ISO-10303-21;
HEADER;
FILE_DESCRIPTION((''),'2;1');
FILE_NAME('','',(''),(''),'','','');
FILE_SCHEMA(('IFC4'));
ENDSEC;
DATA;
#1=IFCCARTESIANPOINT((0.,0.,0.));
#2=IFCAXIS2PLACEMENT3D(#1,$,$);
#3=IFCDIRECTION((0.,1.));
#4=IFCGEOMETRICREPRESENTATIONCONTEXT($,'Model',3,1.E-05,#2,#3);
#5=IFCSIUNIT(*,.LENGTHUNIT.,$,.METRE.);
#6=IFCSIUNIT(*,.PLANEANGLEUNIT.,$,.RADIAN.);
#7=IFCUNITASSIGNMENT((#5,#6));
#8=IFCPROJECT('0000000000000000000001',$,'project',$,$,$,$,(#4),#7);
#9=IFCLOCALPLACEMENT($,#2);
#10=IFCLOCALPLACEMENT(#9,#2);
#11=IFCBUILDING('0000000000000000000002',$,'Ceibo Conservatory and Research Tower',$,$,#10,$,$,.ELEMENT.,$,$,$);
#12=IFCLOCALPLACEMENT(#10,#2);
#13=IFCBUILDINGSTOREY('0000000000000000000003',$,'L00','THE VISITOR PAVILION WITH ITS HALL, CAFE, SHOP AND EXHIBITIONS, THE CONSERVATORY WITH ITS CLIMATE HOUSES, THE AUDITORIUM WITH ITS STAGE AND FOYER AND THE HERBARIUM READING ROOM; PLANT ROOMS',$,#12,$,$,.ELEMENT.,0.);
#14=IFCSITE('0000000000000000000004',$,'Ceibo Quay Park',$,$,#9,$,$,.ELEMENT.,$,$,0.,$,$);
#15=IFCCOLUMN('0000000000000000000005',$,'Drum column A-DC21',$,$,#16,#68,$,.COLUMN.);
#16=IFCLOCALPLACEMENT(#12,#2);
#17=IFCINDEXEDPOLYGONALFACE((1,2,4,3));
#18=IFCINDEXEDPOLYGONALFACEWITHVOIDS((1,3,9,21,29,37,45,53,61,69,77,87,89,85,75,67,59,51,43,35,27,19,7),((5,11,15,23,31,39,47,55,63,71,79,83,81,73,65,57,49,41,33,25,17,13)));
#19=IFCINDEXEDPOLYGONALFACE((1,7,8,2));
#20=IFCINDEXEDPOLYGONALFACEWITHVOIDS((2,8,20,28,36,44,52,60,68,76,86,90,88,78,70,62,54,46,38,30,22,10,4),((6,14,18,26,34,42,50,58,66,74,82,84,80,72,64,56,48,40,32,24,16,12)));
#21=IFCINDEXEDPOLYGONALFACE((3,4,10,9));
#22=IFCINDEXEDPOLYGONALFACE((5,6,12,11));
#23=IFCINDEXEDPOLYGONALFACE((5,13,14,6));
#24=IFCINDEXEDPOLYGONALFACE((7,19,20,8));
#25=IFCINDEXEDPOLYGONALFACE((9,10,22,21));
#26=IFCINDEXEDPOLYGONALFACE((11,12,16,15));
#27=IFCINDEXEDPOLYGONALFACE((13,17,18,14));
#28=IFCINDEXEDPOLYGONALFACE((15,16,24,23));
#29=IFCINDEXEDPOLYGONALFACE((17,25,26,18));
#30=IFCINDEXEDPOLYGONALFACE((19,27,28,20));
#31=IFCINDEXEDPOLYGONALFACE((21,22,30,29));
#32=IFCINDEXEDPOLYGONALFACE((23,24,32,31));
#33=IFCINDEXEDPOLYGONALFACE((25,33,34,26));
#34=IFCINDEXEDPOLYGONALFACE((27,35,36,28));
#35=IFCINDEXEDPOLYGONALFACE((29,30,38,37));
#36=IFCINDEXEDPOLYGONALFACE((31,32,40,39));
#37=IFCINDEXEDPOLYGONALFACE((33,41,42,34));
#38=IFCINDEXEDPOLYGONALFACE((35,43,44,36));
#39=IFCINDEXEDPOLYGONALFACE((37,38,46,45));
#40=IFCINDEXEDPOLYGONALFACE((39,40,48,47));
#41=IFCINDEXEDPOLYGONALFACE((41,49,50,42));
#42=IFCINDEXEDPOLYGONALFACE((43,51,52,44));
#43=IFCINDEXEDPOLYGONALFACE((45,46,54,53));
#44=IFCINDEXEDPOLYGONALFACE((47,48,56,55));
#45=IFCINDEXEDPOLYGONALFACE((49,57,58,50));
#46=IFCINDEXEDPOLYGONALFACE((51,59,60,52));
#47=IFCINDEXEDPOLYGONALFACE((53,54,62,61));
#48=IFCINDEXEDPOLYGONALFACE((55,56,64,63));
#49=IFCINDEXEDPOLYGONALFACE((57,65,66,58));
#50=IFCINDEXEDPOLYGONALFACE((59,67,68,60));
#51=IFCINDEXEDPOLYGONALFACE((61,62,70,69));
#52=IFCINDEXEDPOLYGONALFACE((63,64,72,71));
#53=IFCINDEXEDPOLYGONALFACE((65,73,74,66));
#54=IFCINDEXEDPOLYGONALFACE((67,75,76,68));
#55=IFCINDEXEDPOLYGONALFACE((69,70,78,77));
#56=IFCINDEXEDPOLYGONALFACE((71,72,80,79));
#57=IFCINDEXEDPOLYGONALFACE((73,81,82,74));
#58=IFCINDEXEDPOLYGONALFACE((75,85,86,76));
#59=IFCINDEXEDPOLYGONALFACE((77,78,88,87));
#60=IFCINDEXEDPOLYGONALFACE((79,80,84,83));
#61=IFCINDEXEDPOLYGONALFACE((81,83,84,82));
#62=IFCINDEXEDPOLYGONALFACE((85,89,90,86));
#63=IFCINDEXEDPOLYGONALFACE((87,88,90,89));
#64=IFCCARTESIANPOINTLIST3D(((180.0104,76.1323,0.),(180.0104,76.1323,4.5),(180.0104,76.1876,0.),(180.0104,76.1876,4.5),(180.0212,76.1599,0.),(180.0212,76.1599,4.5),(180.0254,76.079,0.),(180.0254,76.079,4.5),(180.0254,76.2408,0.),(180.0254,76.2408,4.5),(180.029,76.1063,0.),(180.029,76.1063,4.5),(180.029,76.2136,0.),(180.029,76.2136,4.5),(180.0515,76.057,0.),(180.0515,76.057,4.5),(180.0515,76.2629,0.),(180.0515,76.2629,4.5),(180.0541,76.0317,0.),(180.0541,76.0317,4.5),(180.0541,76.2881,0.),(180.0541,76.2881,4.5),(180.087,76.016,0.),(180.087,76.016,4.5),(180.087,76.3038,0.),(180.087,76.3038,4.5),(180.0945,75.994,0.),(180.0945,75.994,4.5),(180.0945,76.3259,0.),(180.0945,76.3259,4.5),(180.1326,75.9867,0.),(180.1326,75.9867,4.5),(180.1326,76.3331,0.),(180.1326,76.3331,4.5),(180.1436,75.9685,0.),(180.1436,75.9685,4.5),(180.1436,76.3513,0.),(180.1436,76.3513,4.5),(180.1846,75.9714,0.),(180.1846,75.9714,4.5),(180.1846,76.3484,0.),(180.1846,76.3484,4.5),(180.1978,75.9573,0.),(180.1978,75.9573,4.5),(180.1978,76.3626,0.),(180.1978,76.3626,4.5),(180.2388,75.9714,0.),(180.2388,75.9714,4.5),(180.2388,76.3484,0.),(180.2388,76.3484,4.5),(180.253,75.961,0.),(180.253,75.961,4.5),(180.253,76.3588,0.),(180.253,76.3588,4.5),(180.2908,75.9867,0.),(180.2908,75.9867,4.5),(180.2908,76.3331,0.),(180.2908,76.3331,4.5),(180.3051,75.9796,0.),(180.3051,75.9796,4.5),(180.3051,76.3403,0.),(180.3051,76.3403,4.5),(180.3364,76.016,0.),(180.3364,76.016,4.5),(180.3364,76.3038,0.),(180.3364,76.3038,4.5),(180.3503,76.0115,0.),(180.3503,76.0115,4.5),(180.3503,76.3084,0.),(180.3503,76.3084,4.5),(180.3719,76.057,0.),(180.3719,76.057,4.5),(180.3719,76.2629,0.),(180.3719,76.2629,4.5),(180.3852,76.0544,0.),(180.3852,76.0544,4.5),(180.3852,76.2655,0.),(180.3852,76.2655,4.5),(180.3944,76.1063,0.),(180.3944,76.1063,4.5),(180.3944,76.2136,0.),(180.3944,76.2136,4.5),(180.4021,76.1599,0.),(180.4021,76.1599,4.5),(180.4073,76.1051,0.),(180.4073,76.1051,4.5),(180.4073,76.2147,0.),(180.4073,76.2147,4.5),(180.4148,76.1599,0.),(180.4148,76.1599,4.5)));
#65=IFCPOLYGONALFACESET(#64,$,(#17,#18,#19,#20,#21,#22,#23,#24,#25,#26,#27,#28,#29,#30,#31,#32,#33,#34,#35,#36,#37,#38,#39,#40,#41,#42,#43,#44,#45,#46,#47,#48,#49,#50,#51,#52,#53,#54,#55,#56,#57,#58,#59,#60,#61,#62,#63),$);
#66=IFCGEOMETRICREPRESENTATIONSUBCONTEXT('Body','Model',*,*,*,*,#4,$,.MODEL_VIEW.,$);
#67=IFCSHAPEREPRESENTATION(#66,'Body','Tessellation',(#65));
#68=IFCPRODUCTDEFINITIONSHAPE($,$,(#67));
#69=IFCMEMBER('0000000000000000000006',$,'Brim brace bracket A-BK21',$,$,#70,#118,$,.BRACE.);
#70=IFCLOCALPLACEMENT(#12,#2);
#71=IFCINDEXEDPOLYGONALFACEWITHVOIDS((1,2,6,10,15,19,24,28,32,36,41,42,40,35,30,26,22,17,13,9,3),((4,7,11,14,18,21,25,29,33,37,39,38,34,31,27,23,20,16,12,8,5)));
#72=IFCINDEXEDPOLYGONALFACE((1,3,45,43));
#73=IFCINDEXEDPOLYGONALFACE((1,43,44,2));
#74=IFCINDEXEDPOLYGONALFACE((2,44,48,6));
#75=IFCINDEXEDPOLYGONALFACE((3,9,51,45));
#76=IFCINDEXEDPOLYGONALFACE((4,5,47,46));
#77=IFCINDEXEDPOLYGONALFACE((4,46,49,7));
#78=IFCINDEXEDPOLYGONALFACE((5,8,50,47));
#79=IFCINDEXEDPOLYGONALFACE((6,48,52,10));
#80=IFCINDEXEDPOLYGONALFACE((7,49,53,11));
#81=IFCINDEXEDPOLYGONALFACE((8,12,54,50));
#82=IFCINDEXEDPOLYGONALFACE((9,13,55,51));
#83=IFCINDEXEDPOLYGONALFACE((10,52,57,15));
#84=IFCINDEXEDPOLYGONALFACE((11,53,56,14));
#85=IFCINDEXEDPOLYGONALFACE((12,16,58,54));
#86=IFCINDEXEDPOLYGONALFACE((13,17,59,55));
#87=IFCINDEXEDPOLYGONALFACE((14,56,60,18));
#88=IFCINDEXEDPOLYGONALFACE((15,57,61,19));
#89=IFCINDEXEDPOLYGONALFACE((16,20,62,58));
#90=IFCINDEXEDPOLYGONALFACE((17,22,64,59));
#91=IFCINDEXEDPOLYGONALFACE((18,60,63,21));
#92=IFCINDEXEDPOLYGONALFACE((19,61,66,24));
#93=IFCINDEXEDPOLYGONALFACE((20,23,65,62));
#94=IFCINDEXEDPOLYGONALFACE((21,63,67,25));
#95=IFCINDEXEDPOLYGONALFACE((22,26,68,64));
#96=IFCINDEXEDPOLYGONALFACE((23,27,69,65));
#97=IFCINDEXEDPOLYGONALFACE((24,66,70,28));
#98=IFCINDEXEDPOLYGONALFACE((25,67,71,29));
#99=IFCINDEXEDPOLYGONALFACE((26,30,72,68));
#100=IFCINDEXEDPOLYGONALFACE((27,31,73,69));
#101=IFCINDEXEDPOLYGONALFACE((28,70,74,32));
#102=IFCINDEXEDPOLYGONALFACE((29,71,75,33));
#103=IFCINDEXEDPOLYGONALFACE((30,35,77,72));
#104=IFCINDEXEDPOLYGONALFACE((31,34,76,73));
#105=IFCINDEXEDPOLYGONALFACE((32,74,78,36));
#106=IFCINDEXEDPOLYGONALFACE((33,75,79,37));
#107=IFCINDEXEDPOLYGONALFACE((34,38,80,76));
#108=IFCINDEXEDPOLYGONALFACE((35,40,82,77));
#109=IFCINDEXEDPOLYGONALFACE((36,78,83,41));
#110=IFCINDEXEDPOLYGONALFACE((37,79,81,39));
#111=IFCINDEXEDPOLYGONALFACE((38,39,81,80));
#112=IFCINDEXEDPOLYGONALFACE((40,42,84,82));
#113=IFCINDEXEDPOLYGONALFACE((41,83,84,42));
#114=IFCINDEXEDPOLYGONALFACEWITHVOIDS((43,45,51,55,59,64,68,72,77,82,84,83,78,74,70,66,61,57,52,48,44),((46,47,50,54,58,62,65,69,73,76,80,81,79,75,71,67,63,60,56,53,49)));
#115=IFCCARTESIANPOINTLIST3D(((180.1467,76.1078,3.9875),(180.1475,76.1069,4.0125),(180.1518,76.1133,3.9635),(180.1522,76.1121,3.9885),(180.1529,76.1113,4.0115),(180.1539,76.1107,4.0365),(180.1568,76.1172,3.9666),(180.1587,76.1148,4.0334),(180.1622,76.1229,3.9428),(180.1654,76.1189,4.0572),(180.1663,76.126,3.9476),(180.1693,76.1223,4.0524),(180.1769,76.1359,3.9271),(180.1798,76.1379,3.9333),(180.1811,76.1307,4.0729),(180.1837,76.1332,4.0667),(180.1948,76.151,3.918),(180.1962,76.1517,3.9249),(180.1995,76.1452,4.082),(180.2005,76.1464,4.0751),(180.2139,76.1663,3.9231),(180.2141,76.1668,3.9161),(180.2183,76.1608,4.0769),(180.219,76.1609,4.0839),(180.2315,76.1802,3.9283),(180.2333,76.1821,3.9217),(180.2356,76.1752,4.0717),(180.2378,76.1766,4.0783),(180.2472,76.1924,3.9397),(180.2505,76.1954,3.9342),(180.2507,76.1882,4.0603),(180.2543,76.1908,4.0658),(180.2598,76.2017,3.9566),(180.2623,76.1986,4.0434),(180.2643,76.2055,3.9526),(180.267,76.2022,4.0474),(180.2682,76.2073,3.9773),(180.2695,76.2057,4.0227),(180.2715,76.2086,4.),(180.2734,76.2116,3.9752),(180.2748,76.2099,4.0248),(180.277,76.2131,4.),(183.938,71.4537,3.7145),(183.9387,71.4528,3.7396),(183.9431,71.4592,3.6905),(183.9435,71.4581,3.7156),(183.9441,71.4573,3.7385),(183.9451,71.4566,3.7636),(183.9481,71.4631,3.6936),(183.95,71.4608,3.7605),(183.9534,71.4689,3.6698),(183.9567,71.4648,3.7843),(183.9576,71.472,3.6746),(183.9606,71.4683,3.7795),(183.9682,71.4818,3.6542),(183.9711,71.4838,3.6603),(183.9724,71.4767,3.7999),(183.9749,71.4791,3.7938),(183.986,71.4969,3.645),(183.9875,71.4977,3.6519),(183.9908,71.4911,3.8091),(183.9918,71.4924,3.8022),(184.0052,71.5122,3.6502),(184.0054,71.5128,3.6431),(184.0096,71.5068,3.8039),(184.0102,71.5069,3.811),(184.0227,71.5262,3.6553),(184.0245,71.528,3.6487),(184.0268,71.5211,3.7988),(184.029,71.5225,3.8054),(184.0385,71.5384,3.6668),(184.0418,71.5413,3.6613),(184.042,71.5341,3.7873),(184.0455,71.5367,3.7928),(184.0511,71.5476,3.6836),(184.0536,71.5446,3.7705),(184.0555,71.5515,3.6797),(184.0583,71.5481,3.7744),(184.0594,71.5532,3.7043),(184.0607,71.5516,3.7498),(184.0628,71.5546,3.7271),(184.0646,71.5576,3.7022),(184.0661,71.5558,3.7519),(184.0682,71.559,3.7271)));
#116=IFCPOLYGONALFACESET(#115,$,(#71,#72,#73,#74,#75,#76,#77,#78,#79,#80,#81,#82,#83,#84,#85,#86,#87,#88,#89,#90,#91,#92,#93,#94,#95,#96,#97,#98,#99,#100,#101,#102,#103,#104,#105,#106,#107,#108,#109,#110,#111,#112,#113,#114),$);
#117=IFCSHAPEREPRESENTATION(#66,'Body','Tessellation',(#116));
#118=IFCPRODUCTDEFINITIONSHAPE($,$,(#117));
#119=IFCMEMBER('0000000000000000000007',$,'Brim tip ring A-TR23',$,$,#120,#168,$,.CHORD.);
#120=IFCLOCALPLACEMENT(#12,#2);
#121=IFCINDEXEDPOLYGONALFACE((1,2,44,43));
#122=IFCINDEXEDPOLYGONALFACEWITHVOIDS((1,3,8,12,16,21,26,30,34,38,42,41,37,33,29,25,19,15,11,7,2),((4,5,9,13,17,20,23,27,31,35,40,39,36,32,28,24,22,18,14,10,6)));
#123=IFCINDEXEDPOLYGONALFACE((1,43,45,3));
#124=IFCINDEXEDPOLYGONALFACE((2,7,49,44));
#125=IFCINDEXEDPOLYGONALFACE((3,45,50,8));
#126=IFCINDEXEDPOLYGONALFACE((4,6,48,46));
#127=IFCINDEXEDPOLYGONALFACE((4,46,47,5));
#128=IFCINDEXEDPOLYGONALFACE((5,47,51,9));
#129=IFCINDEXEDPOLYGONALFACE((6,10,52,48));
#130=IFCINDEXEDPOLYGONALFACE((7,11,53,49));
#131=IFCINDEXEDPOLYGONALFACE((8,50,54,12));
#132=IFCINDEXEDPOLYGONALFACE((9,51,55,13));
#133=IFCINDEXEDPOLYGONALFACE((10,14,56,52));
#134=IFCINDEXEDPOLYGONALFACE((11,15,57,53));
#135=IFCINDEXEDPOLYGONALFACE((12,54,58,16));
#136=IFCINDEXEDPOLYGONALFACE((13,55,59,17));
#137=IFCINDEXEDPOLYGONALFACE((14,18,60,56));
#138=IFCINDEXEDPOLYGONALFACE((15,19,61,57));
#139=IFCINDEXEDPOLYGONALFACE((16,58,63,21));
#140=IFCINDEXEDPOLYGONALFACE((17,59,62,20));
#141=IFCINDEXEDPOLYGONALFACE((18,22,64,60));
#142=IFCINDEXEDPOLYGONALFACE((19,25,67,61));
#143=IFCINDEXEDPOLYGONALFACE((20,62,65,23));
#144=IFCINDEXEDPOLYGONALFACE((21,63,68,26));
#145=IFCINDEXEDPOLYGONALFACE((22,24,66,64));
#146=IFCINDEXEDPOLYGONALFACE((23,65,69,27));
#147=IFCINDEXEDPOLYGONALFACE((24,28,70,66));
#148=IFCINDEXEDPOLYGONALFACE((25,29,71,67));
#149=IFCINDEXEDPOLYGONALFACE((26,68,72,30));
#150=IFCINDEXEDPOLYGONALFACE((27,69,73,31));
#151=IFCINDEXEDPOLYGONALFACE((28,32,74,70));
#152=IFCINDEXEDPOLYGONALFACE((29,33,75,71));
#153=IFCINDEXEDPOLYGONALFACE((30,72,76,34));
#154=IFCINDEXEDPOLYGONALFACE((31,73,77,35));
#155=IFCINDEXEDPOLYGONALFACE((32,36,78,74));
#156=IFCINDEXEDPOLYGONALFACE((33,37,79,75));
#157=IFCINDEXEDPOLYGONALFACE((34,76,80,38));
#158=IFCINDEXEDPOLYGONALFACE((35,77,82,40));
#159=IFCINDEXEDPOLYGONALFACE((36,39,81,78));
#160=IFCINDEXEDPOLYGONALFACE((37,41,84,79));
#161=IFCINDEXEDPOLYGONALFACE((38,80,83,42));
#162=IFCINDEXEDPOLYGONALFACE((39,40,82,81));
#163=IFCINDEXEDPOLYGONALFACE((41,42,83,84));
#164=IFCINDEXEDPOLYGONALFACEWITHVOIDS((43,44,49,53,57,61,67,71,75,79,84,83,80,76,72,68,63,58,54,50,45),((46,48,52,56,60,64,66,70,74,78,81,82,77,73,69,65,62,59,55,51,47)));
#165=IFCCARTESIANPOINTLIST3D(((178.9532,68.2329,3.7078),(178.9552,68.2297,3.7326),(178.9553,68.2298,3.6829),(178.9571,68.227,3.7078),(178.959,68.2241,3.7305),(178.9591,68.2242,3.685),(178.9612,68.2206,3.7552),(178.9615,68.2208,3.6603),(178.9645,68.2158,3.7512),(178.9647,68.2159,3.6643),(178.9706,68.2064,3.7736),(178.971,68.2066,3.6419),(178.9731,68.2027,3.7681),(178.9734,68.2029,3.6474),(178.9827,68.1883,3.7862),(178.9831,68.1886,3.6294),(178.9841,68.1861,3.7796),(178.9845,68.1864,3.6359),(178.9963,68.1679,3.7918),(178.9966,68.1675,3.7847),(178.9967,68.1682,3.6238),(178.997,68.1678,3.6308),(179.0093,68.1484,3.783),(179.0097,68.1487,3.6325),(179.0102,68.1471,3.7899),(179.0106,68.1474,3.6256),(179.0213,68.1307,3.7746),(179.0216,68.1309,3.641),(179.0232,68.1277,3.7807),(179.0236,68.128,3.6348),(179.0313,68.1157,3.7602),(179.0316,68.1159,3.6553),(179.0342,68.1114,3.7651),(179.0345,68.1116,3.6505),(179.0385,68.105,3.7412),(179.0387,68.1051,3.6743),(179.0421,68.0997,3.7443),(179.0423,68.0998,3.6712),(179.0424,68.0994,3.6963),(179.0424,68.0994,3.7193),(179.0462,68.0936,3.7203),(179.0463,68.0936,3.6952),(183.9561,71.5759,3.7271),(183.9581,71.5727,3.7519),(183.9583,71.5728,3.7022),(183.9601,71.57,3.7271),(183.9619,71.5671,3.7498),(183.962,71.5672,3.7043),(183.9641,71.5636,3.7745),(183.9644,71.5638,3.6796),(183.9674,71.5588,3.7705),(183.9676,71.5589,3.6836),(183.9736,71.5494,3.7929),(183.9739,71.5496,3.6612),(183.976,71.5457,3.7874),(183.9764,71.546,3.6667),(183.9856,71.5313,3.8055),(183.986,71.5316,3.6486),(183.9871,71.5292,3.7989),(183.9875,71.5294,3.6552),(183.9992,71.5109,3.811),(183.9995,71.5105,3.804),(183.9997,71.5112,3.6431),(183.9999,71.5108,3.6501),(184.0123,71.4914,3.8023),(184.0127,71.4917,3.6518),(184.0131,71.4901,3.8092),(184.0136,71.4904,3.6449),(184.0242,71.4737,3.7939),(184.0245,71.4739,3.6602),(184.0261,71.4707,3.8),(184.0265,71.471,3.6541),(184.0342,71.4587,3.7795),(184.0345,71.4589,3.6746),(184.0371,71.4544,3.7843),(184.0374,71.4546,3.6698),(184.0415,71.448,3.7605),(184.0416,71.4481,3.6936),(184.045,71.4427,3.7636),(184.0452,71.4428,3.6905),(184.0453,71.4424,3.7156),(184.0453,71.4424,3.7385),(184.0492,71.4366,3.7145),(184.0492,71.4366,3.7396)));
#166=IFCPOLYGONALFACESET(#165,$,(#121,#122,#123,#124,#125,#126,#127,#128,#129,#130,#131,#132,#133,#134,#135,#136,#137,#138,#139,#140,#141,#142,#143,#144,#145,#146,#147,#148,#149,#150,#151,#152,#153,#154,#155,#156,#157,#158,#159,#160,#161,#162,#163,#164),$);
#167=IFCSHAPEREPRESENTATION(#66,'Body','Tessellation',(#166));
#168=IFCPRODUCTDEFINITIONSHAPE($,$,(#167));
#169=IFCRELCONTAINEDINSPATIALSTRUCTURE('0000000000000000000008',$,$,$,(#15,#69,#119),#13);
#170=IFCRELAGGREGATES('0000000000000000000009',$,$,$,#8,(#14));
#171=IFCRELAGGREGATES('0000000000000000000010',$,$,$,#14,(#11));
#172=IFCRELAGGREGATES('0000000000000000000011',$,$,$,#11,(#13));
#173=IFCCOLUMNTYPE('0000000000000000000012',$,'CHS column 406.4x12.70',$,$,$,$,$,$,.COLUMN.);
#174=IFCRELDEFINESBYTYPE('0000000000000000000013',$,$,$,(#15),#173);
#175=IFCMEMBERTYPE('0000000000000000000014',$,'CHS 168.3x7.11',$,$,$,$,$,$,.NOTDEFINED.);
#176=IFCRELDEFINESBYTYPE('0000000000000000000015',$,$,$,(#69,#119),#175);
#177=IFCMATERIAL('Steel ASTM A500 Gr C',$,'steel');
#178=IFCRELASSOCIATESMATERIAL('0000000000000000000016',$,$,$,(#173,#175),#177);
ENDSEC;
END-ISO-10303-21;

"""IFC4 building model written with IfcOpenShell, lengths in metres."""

from ifc_helpers import new_model, si_unit, direction, frame, origin, origin_2d, place, context, subcontext, project, spatial, hollow_circle, extrude, material, material_profile, profile_set, type_object, element, save


model = new_model("IFC4")

# Units and contexts
model_context = context("Model", 3, precision=1e-05, world=origin(), true_north=direction((0.0, 1.0)))
body_context = subcontext(model_context, "Body", "Model", "MODEL_VIEW")
ifc_project = project(units=[si_unit("LENGTHUNIT", "METRE"), si_unit("PLANEANGLEUNIT", "RADIAN")], contexts=[model_context])

# Site, building, storey
site_placement = place(None, origin())
site = spatial("IfcSite", under=ifc_project, at=site_placement, Name="Ceibo Quay Park", CompositionType="ELEMENT", RefElevation=0.0)
building_placement = place(site_placement, origin())
building = spatial("IfcBuilding", under=site, at=building_placement, Name="Ceibo Conservatory and Research Tower", CompositionType="ELEMENT")
storey_placement = place(building_placement, origin())
storey = spatial("IfcBuildingStorey", under=building, at=storey_placement, Name="L00", Description="THE VISITOR PAVILION WITH ITS HALL, CAFE, SHOP AND EXHIBITIONS, THE CONSERVATORY WITH ITS CLIMATE HOUSES, THE AUDITORIUM WITH ITS STAGE AND FOYER AND THE HERBARIUM READING ROOM; PLANT ROOMS", CompositionType="ELEMENT", Elevation=0.0)

# Column
ifc_material_1 = material(Name="Steel ASTM A500 Gr C", Category="steel")
ifc_material_profile_1 = material_profile(ifc_material_1, hollow_circle(Radius=0.2031, WallThickness=0.0127, at=origin_2d()), Name="CHS column 406.4x12.70")
ifc_profile_set_1 = profile_set([ifc_material_profile_1], Name="Steel ASTM A500 Gr C")
column_type_1 = type_object("IfcColumnType", Name="CHS column 406.4x12.70", PredefinedType="COLUMN", material=ifc_profile_set_1)
column_1_placement = place(storey_placement, frame((180.2117, 76.1599, 0.0), z_axis=(0.0, 0.0, 1.0), x_axis=(1.0, 0.0, 0.0)))
element("IfcColumn", 1, at=column_1_placement, inside=storey, type_object=column_type_1, Name="Drum column A-DC21", PredefinedType="COLUMN", context=body_context, shape_type="SweptSolid", body=[
    extrude(hollow_circle(Radius=0.2031, WallThickness=0.0127, at=origin_2d()), origin(), (0.0, 0.0, 1.0), 4.5),
])

# Members
ifc_material_profile_2 = material_profile(ifc_material_1, hollow_circle(Radius=0.0842, WallThickness=0.0071, at=origin_2d()), Name="CHS 168.3x7.11")
ifc_profile_set_2 = profile_set([ifc_material_profile_2], Name="Steel ASTM A500 Gr C")
member_type_1 = type_object("IfcMemberType", Name="CHS 168.3x7.11", PredefinedType="NOTDEFINED", material=ifc_profile_set_2)
member_1_placement = place(storey_placement, frame((180.2117, 76.1599, 4.0), z_axis=(0.630928, -0.774511, -0.045423), x_axis=(0.775311, 0.63158, 0.0)))
element("IfcMember", 2, at=member_1_placement, inside=storey, type_object=member_type_1, Name="Brim brace bracket A-BK21", PredefinedType="BRACE", context=body_context, shape_type="SweptSolid", body=[
    extrude(hollow_circle(Radius=0.0842, WallThickness=0.0071, at=origin_2d()), origin(), (0.0, 0.0, 1.0), 6.009),
])
for number, where, z_axis, x_axis, name in (
    (3, (179.0, 68.1628, 3.7078), (0.831453, 0.555587, 0.003205), (-0.555589, 0.831457, 0.0), "Brim tip ring A-TR23"),
):
    element("IfcMember", number, at=place(storey_placement, frame(where, z_axis=z_axis, x_axis=x_axis)), inside=storey, type_object=member_type_1, Name=name, PredefinedType="CHORD", context=body_context, shape_type="SweptSolid", body=[
        extrude(hollow_circle(Radius=0.0842, WallThickness=0.0071, at=origin_2d()), origin(), (0.0, 0.0, 1.0), 6.0171),
    ])

save(model, "model.ifc")
